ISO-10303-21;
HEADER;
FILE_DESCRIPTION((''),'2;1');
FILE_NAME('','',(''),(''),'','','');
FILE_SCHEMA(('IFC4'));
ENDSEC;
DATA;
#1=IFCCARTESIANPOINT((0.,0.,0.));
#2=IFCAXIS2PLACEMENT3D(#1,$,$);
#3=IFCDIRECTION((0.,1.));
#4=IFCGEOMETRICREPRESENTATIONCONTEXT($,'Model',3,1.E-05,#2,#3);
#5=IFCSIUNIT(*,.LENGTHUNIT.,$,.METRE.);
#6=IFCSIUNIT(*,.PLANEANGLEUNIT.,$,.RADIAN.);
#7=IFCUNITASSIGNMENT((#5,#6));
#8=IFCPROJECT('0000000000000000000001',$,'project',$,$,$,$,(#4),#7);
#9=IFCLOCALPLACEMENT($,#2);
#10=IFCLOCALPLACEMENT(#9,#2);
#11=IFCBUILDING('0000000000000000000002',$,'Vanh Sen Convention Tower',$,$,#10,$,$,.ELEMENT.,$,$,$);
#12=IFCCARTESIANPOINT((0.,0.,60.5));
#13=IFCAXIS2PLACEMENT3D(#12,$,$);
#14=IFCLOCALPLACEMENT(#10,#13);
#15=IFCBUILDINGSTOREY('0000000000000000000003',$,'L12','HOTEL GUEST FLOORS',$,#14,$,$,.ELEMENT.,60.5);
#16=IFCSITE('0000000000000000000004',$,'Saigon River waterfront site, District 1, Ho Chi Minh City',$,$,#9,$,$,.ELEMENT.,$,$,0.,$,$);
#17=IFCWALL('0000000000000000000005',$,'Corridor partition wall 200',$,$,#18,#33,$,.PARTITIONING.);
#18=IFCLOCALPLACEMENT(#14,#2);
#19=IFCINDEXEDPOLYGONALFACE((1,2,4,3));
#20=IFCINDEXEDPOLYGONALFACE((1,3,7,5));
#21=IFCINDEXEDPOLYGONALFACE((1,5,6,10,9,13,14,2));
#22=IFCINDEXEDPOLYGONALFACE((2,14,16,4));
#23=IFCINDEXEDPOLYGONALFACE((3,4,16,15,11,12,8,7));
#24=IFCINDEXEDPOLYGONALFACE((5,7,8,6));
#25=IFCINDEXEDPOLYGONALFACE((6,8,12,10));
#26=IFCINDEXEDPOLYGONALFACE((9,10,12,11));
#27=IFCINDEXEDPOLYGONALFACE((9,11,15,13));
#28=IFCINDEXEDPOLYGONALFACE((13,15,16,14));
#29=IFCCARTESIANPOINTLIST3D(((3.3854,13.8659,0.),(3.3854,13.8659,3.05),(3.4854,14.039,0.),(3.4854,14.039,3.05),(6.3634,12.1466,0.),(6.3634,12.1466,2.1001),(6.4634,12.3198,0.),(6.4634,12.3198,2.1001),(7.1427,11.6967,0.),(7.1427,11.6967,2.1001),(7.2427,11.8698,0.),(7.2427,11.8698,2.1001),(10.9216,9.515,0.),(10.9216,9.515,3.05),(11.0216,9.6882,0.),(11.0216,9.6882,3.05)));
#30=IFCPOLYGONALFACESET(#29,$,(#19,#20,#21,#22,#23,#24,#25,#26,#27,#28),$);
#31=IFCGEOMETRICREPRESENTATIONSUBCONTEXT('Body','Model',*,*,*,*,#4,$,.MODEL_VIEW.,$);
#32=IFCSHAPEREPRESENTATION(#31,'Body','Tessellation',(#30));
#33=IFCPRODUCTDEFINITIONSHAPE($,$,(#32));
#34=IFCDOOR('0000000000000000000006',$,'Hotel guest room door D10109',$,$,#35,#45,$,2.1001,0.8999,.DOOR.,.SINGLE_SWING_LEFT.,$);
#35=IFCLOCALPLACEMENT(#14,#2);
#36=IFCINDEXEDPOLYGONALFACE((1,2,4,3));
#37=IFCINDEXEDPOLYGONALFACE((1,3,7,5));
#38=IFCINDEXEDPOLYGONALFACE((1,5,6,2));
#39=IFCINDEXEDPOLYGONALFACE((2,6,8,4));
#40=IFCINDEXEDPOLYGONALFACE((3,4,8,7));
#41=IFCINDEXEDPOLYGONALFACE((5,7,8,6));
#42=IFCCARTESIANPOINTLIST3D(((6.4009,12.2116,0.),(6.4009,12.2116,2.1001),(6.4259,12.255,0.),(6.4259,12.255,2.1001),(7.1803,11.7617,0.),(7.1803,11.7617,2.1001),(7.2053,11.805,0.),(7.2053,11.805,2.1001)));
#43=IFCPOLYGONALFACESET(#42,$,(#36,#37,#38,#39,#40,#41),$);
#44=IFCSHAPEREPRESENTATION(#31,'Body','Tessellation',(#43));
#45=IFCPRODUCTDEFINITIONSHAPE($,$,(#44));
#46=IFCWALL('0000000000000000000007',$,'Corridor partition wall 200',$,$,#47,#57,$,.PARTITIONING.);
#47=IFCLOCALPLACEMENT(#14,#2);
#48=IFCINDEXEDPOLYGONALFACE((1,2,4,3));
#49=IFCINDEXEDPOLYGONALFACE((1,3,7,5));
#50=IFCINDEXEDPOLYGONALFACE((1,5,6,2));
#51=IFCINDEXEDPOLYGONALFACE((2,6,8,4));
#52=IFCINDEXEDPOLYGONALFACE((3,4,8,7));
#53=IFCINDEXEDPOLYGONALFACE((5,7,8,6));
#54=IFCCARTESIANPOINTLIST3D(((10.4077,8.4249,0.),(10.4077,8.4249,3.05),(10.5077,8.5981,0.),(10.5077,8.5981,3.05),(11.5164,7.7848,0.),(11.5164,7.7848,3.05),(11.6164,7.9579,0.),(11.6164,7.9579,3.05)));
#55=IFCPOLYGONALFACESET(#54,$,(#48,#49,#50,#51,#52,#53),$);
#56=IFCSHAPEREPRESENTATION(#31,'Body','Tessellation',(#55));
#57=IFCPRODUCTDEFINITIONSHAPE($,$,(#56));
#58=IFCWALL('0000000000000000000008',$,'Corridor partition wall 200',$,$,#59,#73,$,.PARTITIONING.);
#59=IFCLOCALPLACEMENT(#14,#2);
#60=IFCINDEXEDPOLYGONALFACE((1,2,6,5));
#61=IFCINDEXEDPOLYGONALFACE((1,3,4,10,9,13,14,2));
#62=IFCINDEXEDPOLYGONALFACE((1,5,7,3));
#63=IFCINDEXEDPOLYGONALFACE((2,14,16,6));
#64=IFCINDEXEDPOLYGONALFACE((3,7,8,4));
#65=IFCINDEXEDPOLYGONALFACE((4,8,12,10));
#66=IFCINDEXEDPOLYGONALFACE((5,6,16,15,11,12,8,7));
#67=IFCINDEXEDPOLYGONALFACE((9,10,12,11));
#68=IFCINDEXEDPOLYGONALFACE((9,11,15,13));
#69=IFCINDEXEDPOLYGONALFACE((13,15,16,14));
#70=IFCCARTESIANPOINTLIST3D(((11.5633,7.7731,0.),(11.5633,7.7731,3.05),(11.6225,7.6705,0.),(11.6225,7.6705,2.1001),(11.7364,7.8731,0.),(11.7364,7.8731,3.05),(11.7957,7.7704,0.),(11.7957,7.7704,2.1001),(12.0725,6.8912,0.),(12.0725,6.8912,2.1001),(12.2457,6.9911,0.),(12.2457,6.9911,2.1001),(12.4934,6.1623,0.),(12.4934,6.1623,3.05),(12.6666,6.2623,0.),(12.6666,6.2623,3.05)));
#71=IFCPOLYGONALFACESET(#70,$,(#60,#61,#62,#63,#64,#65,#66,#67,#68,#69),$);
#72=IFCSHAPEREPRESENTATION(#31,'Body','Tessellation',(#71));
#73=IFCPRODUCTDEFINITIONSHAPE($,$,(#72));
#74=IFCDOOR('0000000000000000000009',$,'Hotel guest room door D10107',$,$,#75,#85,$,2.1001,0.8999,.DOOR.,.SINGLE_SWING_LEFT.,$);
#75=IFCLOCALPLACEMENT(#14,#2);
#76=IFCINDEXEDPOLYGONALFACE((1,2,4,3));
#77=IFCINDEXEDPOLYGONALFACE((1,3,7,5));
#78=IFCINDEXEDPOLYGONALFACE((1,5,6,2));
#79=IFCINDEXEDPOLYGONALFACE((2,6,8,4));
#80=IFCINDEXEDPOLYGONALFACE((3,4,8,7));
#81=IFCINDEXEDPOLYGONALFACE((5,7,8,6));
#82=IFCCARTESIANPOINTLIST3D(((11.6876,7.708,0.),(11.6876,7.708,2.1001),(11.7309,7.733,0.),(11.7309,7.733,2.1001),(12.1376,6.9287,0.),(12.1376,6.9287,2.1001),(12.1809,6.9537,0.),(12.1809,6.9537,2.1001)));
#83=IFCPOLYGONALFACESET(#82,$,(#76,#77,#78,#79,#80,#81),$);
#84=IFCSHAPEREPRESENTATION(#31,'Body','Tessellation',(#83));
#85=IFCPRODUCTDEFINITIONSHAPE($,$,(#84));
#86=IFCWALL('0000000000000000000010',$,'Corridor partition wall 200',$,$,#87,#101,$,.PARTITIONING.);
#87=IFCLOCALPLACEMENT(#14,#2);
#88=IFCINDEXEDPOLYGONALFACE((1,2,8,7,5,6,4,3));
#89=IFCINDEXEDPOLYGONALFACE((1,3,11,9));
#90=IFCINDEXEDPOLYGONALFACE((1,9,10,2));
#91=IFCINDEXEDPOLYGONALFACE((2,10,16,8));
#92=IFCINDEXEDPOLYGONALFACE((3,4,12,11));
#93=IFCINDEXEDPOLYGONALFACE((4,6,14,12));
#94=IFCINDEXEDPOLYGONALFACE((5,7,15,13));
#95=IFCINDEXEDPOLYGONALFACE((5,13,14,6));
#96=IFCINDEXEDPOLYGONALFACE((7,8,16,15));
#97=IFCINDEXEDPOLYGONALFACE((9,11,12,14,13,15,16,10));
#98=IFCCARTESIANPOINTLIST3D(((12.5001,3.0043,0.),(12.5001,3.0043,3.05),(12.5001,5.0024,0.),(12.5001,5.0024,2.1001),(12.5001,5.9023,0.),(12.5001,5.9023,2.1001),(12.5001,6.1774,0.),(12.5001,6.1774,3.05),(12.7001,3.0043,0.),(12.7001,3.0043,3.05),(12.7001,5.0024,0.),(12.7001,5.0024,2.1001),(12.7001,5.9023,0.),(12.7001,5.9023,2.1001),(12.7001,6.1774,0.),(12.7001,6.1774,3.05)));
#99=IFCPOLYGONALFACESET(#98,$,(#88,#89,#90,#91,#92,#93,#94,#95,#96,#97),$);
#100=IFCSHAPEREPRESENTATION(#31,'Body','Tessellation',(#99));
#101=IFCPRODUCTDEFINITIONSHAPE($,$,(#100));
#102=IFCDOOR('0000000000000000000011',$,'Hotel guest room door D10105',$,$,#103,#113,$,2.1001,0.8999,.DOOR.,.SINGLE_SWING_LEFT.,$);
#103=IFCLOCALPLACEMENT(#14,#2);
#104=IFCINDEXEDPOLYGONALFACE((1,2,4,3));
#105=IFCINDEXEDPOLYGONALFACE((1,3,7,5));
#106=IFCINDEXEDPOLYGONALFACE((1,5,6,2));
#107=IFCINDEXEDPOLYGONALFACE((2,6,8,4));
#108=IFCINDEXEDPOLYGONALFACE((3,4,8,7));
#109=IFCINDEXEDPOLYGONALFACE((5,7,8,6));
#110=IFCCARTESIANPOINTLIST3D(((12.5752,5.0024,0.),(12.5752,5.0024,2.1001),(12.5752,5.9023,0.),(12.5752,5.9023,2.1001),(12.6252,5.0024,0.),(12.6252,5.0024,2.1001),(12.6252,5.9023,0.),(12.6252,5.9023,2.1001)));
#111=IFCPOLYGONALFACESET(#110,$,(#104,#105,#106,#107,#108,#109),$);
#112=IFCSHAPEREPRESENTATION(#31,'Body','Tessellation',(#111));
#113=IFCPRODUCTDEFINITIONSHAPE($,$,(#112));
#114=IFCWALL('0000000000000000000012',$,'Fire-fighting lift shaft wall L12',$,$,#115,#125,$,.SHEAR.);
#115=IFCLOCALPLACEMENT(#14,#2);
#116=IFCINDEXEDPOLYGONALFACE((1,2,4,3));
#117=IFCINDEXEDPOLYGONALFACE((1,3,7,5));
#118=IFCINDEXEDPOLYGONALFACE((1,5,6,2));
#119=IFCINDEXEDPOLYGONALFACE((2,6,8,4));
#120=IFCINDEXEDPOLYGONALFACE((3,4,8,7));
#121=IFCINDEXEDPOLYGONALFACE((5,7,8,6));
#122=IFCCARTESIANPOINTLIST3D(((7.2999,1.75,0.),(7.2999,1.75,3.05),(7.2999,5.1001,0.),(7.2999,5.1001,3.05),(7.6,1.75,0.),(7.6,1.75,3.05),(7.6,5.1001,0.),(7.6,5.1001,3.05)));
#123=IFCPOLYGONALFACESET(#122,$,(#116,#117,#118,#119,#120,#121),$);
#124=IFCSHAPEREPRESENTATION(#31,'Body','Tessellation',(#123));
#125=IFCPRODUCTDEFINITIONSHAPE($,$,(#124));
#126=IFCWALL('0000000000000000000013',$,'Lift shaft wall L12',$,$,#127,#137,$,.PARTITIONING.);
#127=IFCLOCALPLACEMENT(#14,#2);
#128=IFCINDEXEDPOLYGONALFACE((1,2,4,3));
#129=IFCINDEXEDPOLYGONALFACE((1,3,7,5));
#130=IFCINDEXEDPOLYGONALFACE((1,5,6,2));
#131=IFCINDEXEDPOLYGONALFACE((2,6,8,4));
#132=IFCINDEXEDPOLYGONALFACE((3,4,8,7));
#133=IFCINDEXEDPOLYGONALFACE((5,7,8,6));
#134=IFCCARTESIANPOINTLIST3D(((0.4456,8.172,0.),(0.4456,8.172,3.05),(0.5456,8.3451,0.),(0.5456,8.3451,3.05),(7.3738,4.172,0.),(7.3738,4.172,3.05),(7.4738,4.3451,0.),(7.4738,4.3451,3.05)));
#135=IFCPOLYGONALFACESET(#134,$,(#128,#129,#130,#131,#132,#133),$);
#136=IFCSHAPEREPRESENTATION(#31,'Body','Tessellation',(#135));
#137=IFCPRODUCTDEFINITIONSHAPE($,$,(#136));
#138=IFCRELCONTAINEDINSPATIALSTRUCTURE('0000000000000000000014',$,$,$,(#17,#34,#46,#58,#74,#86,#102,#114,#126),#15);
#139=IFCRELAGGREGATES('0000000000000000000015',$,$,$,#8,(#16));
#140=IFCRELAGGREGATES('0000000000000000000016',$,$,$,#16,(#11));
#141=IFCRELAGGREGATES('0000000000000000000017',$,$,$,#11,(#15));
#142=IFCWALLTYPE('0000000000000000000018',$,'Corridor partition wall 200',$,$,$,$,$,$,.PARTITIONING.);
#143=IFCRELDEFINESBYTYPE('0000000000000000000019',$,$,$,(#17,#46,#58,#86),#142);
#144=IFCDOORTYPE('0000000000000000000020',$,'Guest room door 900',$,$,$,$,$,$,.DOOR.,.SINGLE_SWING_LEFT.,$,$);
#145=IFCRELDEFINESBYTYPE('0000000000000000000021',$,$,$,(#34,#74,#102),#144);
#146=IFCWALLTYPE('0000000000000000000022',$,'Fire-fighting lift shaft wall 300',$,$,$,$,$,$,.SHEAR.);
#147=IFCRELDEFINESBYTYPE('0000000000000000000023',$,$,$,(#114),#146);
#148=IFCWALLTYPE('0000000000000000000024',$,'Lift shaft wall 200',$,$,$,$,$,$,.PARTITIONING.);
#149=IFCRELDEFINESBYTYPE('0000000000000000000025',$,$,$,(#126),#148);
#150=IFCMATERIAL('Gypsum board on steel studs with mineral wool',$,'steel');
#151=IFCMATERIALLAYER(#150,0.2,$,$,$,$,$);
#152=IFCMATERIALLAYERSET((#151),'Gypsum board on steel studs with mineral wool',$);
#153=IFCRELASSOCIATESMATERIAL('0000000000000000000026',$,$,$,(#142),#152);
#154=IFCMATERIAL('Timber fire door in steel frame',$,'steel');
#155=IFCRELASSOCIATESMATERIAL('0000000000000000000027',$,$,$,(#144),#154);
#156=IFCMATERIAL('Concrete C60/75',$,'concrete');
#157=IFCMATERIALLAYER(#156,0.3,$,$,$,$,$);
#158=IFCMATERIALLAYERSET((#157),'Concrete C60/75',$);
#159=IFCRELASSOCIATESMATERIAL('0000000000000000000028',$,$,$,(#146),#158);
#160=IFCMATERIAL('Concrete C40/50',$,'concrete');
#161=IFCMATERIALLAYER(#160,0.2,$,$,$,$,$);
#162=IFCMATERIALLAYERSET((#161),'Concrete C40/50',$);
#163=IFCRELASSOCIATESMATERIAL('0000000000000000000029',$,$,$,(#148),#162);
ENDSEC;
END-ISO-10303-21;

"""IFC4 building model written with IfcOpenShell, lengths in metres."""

from ifc_helpers import new_model, si_unit, direction, frame, frame_2d, origin, place, context, subcontext, project, spatial, rectangle, extrude, material, layer, layer_set, type_object, element, fill, save


model = new_model("IFC4")

# Units and contexts
model_context = context("Model", 3, precision=1e-05, world=origin(), true_north=direction((0.0, 1.0)))
body_context = subcontext(model_context, "Body", "Model", "MODEL_VIEW")
ifc_project = project(units=[si_unit("LENGTHUNIT", "METRE"), si_unit("PLANEANGLEUNIT", "RADIAN")], contexts=[model_context])

# Site, building, storey
site_placement = place(None, origin())
site = spatial("IfcSite", under=ifc_project, at=site_placement, Name="Saigon River waterfront site, District 1, Ho Chi Minh City", CompositionType="ELEMENT", RefElevation=0.0)
building_placement = place(site_placement, origin())
building = spatial("IfcBuilding", under=site, at=building_placement, Name="Vanh Sen Convention Tower", CompositionType="ELEMENT")
storey_placement = place(building_placement, frame((0.0, 0.0, 60.5)))
storey = spatial("IfcBuildingStorey", under=building, at=storey_placement, Name="L12", Description="HOTEL GUEST FLOORS", CompositionType="ELEMENT", Elevation=60.5)

# Shared definitions
ifc_material_1 = material(Name="Gypsum board on steel studs with mineral wool", Category="steel")
ifc_layer_1 = layer(ifc_material_1, 0.2)
ifc_layer_set_1 = layer_set([ifc_layer_1], Name="Gypsum board on steel studs with mineral wool")
wall_type_1 = type_object("IfcWallType", Name="Corridor partition wall 200", PredefinedType="PARTITIONING", material=ifc_layer_set_1)

# Wall, opening, door
wall_1_placement = place(storey_placement, frame((10.9717, 9.6016, 0.0), z_axis=(0.0, 0.0, 1.0), x_axis=(-0.866033, 0.499986, 0.0)))
wall_1 = element("IfcWall", 1, at=wall_1_placement, inside=storey, type_object=wall_type_1, Name="Corridor partition wall 200", PredefinedType="PARTITIONING", context=body_context, shape_type="SweptSolid", body=[
    extrude(rectangle(XDim=8.7019, YDim=0.2, at=frame_2d((4.3511, 0.0))), origin(), (0.0, 0.0, 1.0), 3.05),
])
opening_1_placement = place(wall_1_placement, frame((4.3635, 0.0, 0.0)))
opening_1 = element("IfcOpeningElement", 2, at=opening_1_placement, cuts=wall_1, PredefinedType="OPENING", context=body_context, shape_type="SweptSolid", body=[
    extrude(rectangle(XDim=0.8999, YDim=2.1001, at=frame_2d((0.45, 1.05))), frame((0.0, 0.1099, 0.0), z_axis=(0.0, -1.0, 0.0), x_axis=(1.0, 0.0, 0.0)), (0.0, 0.0, 1.0), 0.22),
])
ifc_material_2 = material(Name="Timber fire door in steel frame", Category="steel")
door_type_1 = type_object("IfcDoorType", Name="Guest room door 900", OperationType="SINGLE_SWING_LEFT", PredefinedType="DOOR", material=ifc_material_2)
door_1_placement = place(opening_1_placement, origin())
door_1 = element("IfcDoor", 3, at=door_1_placement, inside=storey, type_object=door_type_1, Name="Hotel guest room door D10109", OperationType="SINGLE_SWING_LEFT", OverallHeight=2.1001, OverallWidth=0.8999, PredefinedType="DOOR", context=body_context, shape_type="SweptSolid", body=[
    extrude(rectangle(XDim=0.8999, YDim=2.1001, at=frame_2d((0.45, 1.05))), frame((0.0, 0.0249, 0.0), z_axis=(0.0, -1.0, 0.0), x_axis=(1.0, 0.0, 0.0)), (0.0, 0.0, 1.0), 0.05),
])
fill(opening_1, door_1)

# Wall
wall_2_placement = place(storey_placement, frame((11.5664, 7.8713, 0.0), z_axis=(0.0, 0.0, 1.0), x_axis=(-0.866005, 0.500036, 0.0)))
element("IfcWall", 4, at=wall_2_placement, inside=storey, type_object=wall_type_1, Name="Corridor partition wall 200", PredefinedType="PARTITIONING", context=body_context, shape_type="SweptSolid", body=[
    extrude(rectangle(XDim=1.2803, YDim=0.2, at=frame_2d((0.6401, 0.0))), origin(), (0.0, 0.0, 1.0), 3.05),
])

# Walls, openings, doors
wall_3_placement = place(storey_placement, frame((12.5801, 6.2122, 0.0), z_axis=(0.0, 0.0, 1.0), x_axis=(-0.500063, 0.865989, 0.0)))
wall_3 = element("IfcWall", 5, at=wall_3_placement, inside=storey, type_object=wall_type_1, Name="Corridor partition wall 200", PredefinedType="PARTITIONING", context=body_context, shape_type="SweptSolid", body=[
    extrude(rectangle(XDim=1.8601, YDim=0.2, at=frame_2d((0.9302, 0.0))), origin(), (0.0, 0.0, 1.0), 3.05),
])
opening_2_placement = place(wall_3_placement, frame((0.8418, 0.0, 0.0)))
opening_2 = element("IfcOpeningElement", 6, at=opening_2_placement, cuts=wall_3, PredefinedType="OPENING", context=body_context, shape_type="SweptSolid", body=[
    extrude(rectangle(XDim=0.8999, YDim=2.1001, at=frame_2d((0.45, 1.05))), frame((0.0, 0.1099, 0.0), z_axis=(0.0, -1.0, 0.0), x_axis=(1.0, 0.0, 0.0)), (0.0, 0.0, 1.0), 0.22),
])
door_2_placement = place(opening_2_placement, origin())
door_2 = element("IfcDoor", 7, at=door_2_placement, inside=storey, type_object=door_type_1, Name="Hotel guest room door D10107", OperationType="SINGLE_SWING_LEFT", OverallHeight=2.1001, OverallWidth=0.8999, PredefinedType="DOOR", context=body_context, shape_type="SweptSolid", body=[
    extrude(rectangle(XDim=0.8999, YDim=2.1001, at=frame_2d((0.45, 1.05))), frame((0.0, 0.0249, 0.0), z_axis=(0.0, -1.0, 0.0), x_axis=(1.0, 0.0, 0.0)), (0.0, 0.0, 1.0), 0.05),
])
fill(opening_2, door_2)
wall_4_placement = place(storey_placement, frame((12.6001, 3.0044, 0.0), z_axis=(0.0, 0.0, 1.0), x_axis=(0.0, 1.0, 0.0)))
wall_4 = element("IfcWall", 8, at=wall_4_placement, inside=storey, type_object=wall_type_1, Name="Corridor partition wall 200", PredefinedType="PARTITIONING", context=body_context, shape_type="SweptSolid", body=[
    extrude(rectangle(XDim=3.1731, YDim=0.2, at=frame_2d((1.5864, 0.0))), origin(), (0.0, 0.0, 1.0), 3.05),
])
opening_3_placement = place(wall_4_placement, frame((1.998, 0.0, 0.0)))
opening_3 = element("IfcOpeningElement", 9, at=opening_3_placement, cuts=wall_4, PredefinedType="OPENING", context=body_context, shape_type="SweptSolid", body=[
    extrude(rectangle(XDim=0.8999, YDim=2.1001, at=frame_2d((0.45, 1.05))), frame((0.0, 0.1099, 0.0), z_axis=(0.0, -1.0, 0.0), x_axis=(1.0, 0.0, 0.0)), (0.0, 0.0, 1.0), 0.22),
])
door_3_placement = place(opening_3_placement, origin())
door_3 = element("IfcDoor", 10, at=door_3_placement, inside=storey, type_object=door_type_1, Name="Hotel guest room door D10105", OperationType="SINGLE_SWING_LEFT", OverallHeight=2.1001, OverallWidth=0.8999, PredefinedType="DOOR", context=body_context, shape_type="SweptSolid", body=[
    extrude(rectangle(XDim=0.8999, YDim=2.1001, at=frame_2d((0.45, 1.05))), frame((0.0, 0.0249, 0.0), z_axis=(0.0, -1.0, 0.0), x_axis=(1.0, 0.0, 0.0)), (0.0, 0.0, 1.0), 0.05),
])
fill(opening_3, door_3)

# Walls
ifc_material_3 = material(Name="Concrete C60/75", Category="concrete")
ifc_layer_2 = layer(ifc_material_3, 0.3)
ifc_layer_set_2 = layer_set([ifc_layer_2], Name="Concrete C60/75")
wall_type_2 = type_object("IfcWallType", Name="Fire-fighting lift shaft wall 300", PredefinedType="SHEAR", material=ifc_layer_set_2)
wall_5_placement = place(storey_placement, frame((7.45, 1.75, 0.0), z_axis=(0.0, 0.0, 1.0), x_axis=(0.0, 1.0, 0.0)))
element("IfcWall", 11, at=wall_5_placement, inside=storey, type_object=wall_type_2, Name="Fire-fighting lift shaft wall L12", PredefinedType="SHEAR", context=body_context, shape_type="SweptSolid", body=[
    extrude(rectangle(XDim=3.3501, YDim=0.3, at=frame_2d((1.675, 0.0))), origin(), (0.0, 0.0, 1.0), 3.05),
])
ifc_material_4 = material(Name="Concrete C40/50", Category="concrete")
ifc_layer_3 = layer(ifc_material_4, 0.2)
ifc_layer_set_3 = layer_set([ifc_layer_3], Name="Concrete C40/50")
wall_type_3 = type_object("IfcWallType", Name="Lift shaft wall 200", PredefinedType="PARTITIONING", material=ifc_layer_set_3)
wall_6_placement = place(storey_placement, frame((7.4238, 4.2585, 0.0), z_axis=(0.0, 0.0, 1.0), x_axis=(-0.866026, 0.499999, 0.0)))
element("IfcWall", 12, at=wall_6_placement, inside=storey, type_object=wall_type_3, Name="Lift shaft wall L12", PredefinedType="PARTITIONING", context=body_context, shape_type="SweptSolid", body=[
    extrude(rectangle(XDim=8.0, YDim=0.2, at=frame_2d((4.0, 0.0))), origin(), (0.0, 0.0, 1.0), 3.05),
])

save(model, "model.ifc")
